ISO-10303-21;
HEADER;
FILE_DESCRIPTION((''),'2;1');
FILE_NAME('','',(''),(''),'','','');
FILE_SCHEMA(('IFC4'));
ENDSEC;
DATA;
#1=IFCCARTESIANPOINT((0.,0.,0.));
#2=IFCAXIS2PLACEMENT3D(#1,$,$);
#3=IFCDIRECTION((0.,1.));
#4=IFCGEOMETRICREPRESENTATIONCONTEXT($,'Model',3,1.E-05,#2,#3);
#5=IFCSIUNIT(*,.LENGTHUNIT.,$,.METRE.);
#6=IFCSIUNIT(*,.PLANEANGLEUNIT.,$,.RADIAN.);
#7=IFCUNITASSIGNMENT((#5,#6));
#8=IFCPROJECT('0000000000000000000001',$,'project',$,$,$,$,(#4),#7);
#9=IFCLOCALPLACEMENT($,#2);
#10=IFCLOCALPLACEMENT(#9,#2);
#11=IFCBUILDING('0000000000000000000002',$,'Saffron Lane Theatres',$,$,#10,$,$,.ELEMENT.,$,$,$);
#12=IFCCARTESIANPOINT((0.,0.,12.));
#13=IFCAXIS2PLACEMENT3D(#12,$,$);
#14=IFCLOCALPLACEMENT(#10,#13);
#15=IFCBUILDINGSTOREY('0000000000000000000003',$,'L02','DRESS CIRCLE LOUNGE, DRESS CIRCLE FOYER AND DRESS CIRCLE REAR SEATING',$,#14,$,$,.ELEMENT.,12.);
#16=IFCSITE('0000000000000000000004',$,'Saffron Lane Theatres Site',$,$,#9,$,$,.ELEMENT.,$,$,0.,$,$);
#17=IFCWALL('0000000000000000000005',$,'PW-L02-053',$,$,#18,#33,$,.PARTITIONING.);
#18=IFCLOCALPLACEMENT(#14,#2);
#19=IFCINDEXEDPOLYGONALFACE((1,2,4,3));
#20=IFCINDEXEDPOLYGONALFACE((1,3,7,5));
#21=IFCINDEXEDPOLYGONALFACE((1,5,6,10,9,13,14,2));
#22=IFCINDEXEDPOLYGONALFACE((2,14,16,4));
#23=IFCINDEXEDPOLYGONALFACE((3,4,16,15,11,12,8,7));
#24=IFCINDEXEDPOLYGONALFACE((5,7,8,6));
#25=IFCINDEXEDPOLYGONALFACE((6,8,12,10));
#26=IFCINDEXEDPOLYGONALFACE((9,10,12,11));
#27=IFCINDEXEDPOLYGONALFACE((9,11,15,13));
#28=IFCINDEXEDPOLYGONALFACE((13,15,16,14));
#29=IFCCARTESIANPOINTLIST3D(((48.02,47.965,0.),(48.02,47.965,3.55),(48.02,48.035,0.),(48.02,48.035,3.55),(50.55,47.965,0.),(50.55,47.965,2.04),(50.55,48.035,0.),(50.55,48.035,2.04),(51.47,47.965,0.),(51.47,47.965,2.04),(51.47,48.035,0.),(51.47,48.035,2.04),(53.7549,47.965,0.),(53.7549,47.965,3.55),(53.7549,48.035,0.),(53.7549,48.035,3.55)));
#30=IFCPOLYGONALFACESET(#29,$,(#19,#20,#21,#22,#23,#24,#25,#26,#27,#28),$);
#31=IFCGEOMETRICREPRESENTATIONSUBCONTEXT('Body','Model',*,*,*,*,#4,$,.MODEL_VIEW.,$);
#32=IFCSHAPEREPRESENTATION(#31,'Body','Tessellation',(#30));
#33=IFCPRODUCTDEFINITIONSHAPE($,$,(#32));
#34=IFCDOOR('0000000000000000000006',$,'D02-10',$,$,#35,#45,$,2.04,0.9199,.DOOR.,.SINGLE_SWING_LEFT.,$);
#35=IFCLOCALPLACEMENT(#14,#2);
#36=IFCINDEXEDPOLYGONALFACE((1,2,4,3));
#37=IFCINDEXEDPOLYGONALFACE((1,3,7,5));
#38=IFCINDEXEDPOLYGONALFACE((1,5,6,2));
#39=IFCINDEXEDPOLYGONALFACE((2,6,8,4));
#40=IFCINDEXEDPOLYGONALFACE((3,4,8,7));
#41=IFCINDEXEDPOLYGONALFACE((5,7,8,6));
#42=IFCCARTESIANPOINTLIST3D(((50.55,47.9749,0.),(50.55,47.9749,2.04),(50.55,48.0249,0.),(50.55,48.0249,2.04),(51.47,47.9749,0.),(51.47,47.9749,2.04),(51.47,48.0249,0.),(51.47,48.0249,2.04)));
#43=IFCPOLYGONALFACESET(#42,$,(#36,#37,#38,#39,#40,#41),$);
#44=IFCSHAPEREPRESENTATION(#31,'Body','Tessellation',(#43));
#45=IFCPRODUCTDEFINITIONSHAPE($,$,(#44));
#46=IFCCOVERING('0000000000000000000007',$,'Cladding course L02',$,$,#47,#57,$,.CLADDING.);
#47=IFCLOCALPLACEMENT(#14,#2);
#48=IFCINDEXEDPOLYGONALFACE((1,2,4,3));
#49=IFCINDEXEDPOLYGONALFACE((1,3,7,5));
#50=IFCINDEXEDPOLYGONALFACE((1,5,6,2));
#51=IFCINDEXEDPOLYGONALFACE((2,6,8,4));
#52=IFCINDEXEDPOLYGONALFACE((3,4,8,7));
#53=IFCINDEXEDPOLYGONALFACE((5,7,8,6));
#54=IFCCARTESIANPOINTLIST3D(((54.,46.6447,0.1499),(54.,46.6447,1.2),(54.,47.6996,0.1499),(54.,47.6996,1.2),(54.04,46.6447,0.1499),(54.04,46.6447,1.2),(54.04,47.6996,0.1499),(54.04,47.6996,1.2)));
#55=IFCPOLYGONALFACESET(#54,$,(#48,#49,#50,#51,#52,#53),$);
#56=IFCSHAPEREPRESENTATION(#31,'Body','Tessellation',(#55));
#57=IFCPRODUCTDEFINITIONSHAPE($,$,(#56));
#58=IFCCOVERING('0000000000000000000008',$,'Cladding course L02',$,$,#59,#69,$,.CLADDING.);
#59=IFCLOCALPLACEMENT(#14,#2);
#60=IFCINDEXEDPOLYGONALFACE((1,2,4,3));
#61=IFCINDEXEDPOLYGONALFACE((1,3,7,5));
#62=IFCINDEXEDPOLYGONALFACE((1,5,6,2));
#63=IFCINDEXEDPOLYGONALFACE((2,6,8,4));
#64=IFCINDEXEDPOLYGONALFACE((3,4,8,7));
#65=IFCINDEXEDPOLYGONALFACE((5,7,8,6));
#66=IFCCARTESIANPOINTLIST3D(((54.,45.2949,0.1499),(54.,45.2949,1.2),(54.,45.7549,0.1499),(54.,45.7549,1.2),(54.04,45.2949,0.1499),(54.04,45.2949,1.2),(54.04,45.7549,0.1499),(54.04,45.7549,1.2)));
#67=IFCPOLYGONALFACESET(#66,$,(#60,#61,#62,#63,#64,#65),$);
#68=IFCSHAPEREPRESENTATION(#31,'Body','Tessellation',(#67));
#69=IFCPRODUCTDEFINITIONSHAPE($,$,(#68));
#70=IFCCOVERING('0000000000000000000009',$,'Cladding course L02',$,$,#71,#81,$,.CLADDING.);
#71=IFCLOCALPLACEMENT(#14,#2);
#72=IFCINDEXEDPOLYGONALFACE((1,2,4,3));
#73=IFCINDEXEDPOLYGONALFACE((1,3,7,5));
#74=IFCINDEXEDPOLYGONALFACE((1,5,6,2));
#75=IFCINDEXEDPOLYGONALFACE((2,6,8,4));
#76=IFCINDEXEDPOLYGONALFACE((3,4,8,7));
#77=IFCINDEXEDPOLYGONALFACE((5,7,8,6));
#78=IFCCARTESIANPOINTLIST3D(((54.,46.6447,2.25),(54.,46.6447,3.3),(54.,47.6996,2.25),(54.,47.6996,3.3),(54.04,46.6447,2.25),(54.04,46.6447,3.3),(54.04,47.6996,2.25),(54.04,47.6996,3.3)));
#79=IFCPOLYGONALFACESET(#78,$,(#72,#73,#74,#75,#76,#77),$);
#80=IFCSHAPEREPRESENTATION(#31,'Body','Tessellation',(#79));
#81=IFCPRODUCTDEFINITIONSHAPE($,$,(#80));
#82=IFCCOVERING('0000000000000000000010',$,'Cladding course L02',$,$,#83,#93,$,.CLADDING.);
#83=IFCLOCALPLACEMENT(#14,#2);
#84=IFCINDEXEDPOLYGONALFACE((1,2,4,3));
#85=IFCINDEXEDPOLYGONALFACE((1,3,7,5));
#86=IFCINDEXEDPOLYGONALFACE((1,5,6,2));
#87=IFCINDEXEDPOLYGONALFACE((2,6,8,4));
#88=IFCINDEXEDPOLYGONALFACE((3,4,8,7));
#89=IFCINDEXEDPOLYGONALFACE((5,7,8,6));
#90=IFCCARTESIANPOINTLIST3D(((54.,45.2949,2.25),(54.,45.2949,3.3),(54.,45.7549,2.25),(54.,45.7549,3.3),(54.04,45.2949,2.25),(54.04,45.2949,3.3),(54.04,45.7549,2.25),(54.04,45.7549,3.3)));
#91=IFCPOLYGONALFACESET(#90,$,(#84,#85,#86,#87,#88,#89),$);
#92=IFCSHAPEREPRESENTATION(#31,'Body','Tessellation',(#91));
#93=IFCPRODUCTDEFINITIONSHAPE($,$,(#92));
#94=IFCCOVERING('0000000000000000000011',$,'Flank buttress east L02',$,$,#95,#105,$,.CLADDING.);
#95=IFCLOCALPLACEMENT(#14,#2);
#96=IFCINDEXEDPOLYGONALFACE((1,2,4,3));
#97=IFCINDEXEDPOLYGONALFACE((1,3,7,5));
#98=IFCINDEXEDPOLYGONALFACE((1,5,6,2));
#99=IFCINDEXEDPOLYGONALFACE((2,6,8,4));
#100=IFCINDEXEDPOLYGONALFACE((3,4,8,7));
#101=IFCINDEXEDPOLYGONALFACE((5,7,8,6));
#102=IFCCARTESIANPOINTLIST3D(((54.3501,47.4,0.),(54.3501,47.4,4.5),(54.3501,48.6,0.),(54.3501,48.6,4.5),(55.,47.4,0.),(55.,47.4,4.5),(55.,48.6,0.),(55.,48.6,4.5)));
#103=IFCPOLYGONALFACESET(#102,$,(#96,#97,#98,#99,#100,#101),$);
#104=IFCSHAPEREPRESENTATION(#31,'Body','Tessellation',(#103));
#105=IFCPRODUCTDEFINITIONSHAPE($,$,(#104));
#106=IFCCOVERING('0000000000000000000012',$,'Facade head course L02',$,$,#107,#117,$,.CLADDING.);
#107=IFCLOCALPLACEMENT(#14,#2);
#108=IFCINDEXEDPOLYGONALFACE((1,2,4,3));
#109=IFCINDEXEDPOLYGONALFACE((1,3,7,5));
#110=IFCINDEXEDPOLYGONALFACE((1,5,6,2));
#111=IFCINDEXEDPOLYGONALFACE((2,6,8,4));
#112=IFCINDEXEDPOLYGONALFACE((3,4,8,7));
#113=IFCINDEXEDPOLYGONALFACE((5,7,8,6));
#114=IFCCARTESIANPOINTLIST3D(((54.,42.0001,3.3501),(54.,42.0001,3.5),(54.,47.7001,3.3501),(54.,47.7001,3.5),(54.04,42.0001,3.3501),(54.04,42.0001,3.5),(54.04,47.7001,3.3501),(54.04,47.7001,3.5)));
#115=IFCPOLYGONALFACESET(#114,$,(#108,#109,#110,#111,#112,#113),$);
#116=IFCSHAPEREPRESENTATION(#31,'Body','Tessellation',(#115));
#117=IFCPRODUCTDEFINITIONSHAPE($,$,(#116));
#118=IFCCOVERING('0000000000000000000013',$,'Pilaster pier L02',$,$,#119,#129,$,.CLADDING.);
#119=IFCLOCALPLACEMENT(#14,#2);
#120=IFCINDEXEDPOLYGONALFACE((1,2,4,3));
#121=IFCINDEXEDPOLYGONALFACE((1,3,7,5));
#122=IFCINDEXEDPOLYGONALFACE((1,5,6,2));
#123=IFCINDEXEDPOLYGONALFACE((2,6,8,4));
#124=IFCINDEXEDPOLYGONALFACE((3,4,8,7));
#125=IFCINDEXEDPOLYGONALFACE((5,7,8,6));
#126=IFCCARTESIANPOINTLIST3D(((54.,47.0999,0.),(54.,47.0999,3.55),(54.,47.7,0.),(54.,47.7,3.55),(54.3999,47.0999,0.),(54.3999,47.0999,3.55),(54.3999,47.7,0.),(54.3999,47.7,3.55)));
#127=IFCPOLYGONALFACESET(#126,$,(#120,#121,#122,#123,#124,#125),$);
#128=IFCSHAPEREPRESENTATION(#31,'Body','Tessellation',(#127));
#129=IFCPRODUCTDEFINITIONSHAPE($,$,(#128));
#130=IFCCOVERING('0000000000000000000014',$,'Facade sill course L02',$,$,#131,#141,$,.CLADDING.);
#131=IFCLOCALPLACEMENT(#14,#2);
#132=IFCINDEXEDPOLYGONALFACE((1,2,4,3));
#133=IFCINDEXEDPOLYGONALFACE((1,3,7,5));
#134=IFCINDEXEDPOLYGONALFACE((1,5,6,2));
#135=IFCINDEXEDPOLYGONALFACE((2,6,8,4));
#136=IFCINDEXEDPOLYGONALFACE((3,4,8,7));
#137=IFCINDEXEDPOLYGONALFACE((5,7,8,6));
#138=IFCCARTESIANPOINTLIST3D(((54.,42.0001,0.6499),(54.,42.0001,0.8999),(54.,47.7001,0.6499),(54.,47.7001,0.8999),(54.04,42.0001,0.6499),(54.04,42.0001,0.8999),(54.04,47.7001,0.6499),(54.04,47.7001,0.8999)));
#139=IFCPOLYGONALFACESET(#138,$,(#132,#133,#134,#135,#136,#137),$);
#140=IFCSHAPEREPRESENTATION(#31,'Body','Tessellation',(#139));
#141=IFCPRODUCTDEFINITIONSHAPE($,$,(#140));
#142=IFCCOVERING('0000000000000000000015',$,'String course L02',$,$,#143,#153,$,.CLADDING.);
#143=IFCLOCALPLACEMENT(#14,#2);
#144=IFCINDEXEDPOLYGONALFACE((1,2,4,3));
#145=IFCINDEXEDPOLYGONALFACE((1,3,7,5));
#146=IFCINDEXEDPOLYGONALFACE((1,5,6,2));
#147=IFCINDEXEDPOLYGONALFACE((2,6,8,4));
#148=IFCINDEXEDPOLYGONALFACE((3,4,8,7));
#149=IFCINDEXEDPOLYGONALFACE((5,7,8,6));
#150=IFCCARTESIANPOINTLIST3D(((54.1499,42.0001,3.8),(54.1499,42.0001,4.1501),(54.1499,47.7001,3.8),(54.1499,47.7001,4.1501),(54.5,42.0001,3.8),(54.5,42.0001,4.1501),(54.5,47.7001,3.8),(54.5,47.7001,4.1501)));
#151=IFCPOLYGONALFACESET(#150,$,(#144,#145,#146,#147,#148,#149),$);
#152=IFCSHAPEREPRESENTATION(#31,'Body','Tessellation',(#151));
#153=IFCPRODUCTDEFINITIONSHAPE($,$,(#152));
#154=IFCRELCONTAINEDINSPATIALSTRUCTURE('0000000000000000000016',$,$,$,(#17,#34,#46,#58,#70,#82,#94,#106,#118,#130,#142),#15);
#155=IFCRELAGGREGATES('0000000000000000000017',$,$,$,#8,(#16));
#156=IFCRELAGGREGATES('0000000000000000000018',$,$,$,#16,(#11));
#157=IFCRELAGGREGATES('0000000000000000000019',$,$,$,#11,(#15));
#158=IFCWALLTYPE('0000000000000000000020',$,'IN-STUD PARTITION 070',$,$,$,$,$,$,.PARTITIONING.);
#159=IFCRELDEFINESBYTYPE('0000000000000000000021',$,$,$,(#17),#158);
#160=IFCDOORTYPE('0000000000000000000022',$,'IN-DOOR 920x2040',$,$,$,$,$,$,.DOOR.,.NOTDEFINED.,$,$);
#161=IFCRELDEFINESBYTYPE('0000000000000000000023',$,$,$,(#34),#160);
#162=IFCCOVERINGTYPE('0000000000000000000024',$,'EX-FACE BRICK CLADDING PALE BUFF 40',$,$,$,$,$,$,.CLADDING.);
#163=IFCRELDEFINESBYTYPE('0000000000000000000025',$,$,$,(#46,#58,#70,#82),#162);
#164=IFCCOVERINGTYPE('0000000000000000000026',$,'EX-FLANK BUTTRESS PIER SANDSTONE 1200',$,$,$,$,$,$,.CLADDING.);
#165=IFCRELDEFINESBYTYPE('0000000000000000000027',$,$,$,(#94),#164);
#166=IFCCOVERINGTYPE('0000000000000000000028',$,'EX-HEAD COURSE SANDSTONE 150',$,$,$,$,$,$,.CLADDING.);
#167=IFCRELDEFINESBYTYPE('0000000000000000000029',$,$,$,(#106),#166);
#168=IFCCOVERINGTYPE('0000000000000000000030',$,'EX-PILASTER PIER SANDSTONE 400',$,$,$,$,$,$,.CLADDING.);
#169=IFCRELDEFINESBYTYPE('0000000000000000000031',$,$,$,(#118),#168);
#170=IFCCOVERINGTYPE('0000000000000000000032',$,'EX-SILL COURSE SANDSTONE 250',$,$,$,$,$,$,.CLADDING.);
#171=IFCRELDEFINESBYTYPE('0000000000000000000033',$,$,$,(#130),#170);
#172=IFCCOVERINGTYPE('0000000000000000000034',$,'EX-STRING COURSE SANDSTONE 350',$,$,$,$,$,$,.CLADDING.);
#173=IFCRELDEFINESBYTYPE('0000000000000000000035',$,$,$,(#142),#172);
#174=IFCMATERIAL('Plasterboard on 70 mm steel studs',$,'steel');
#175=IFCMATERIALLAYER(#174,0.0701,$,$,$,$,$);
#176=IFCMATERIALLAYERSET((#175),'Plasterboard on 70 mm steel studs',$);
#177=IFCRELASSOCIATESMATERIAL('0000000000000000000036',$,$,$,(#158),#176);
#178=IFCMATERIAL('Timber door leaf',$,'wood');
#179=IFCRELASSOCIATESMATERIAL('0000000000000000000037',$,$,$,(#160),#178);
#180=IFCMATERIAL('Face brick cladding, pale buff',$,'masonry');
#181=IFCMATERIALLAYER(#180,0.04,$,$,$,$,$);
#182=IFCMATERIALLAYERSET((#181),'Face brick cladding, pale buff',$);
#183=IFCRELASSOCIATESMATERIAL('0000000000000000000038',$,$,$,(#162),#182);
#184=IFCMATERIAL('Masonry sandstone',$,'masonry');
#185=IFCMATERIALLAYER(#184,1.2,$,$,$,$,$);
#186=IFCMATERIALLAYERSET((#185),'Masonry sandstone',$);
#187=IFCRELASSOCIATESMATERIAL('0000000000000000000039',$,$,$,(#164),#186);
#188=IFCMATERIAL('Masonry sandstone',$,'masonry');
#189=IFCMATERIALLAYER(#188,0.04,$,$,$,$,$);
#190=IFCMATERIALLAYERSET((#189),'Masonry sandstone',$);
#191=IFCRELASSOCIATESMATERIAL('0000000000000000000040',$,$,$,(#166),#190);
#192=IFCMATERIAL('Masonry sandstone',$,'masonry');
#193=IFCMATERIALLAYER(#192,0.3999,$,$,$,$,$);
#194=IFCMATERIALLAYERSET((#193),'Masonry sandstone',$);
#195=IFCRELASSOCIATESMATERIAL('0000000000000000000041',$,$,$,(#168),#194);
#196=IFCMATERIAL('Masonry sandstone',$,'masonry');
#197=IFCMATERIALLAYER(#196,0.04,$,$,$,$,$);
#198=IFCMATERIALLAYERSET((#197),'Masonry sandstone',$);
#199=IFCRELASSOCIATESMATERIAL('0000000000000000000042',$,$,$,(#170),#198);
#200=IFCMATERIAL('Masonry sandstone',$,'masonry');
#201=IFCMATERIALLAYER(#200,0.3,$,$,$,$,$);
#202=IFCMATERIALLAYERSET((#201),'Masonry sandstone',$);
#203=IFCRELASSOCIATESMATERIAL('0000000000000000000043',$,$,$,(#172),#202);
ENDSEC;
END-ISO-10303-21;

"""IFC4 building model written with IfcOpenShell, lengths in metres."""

from ifc_helpers import new_model, si_unit, direction, frame, frame_2d, origin, origin_2d, place, context, subcontext, project, spatial, rectangle, extrude, material, layer, layer_set, type_object, element, fill, save


model = new_model("IFC4")

# Units and contexts
model_context = context("Model", 3, precision=1e-05, world=origin(), true_north=direction((0.0, 1.0)))
body_context = subcontext(model_context, "Body", "Model", "MODEL_VIEW")
ifc_project = project(units=[si_unit("LENGTHUNIT", "METRE"), si_unit("PLANEANGLEUNIT", "RADIAN")], contexts=[model_context])

# Site, building, storey
site_placement = place(None, origin())
site = spatial("IfcSite", under=ifc_project, at=site_placement, Name="Saffron Lane Theatres Site", CompositionType="ELEMENT", RefElevation=0.0)
building_placement = place(site_placement, origin())
building = spatial("IfcBuilding", under=site, at=building_placement, Name="Saffron Lane Theatres", CompositionType="ELEMENT")
storey_placement = place(building_placement, frame((0.0, 0.0, 12.0)))
storey = spatial("IfcBuildingStorey", under=building, at=storey_placement, Name="L02", Description="DRESS CIRCLE LOUNGE, DRESS CIRCLE FOYER AND DRESS CIRCLE REAR SEATING", CompositionType="ELEMENT", Elevation=12.0)

# Wall, opening, door
ifc_material_1 = material(Name="Plasterboard on 70 mm steel studs", Category="steel")
ifc_layer_1 = layer(ifc_material_1, 0.0701)
ifc_layer_set_1 = layer_set([ifc_layer_1], Name="Plasterboard on 70 mm steel studs")
wall_type_1 = type_object("IfcWallType", Name="IN-STUD PARTITION 070", PredefinedType="PARTITIONING", material=ifc_layer_set_1)
wall_1_placement = place(storey_placement, frame((48.02, 48.0, 0.0), z_axis=(0.0, 0.0, 1.0), x_axis=(1.0, 0.0, 0.0)))
wall_1 = element("IfcWall", 1, at=wall_1_placement, inside=storey, type_object=wall_type_1, Name="PW-L02-053", PredefinedType="PARTITIONING", context=body_context, shape_type="SweptSolid", body=[
    extrude(rectangle(XDim=5.7349, YDim=0.0701, at=frame_2d((2.8674, 0.0))), origin(), (0.0, 0.0, 1.0), 3.55),
])
opening_1_placement = place(wall_1_placement, frame((2.53, 0.0, 0.0)))
opening_1 = element("IfcOpeningElement", 2, at=opening_1_placement, cuts=wall_1, PredefinedType="OPENING", context=body_context, shape_type="SweptSolid", body=[
    extrude(rectangle(XDim=0.9199, YDim=2.04, at=frame_2d((0.46, 1.02))), frame((0.0, 0.0449, 0.0), z_axis=(0.0, -1.0, 0.0), x_axis=(1.0, 0.0, 0.0)), (0.0, 0.0, 1.0), 0.0901),
])
ifc_material_2 = material(Name="Timber door leaf", Category="wood")
door_type = type_object("IfcDoorType", Name="IN-DOOR 920x2040", OperationType="NOTDEFINED", PredefinedType="DOOR", material=ifc_material_2)
door_placement = place(opening_1_placement, origin())
door = element("IfcDoor", 3, at=door_placement, inside=storey, type_object=door_type, Name="D02-10", OperationType="SINGLE_SWING_LEFT", OverallHeight=2.04, OverallWidth=0.9199, PredefinedType="DOOR", context=body_context, shape_type="SweptSolid", body=[
    extrude(rectangle(XDim=0.9199, YDim=2.04, at=frame_2d((0.46, 1.02))), frame((0.0, 0.0249, 0.0), z_axis=(0.0, -1.0, 0.0), x_axis=(1.0, 0.0, 0.0)), (0.0, 0.0, 1.0), 0.05),
])
fill(opening_1, door)

# Coverings
ifc_material_3 = material(Name="Face brick cladding, pale buff", Category="masonry")
ifc_layer_2 = layer(ifc_material_3, 0.04)
ifc_layer_set_2 = layer_set([ifc_layer_2], Name="Face brick cladding, pale buff")
covering_type_1 = type_object("IfcCoveringType", Name="EX-FACE BRICK CLADDING PALE BUFF 40", PredefinedType="CLADDING", material=ifc_layer_set_2)
covering_1_placement = place(storey_placement, frame((54.02, 47.1721, 0.1499), z_axis=(0.0, 0.0, 1.0), x_axis=(0.0, -1.0, 0.0)))
element("IfcCovering", 4, at=covering_1_placement, inside=storey, type_object=covering_type_1, Name="Cladding course L02", PredefinedType="CLADDING", context=body_context, shape_type="SweptSolid", body=[
    extrude(rectangle(XDim=1.0549, YDim=0.04, at=origin_2d()), origin(), (0.0, 0.0, 1.0), 1.05),
])
covering_2_placement = place(storey_placement, frame((54.02, 45.5249, 0.1499), z_axis=(0.0, 0.0, 1.0), x_axis=(0.0, -1.0, 0.0)))
element("IfcCovering", 5, at=covering_2_placement, inside=storey, type_object=covering_type_1, Name="Cladding course L02", PredefinedType="CLADDING", context=body_context, shape_type="SweptSolid", body=[
    extrude(rectangle(XDim=0.46, YDim=0.04, at=origin_2d()), origin(), (0.0, 0.0, 1.0), 1.05),
])
covering_3_placement = place(storey_placement, frame((54.02, 47.1721, 2.25), z_axis=(0.0, 0.0, 1.0), x_axis=(0.0, -1.0, 0.0)))
element("IfcCovering", 6, at=covering_3_placement, inside=storey, type_object=covering_type_1, Name="Cladding course L02", PredefinedType="CLADDING", context=body_context, shape_type="SweptSolid", body=[
    extrude(rectangle(XDim=1.0549, YDim=0.04, at=origin_2d()), origin(), (0.0, 0.0, 1.0), 1.05),
])
covering_4_placement = place(storey_placement, frame((54.02, 45.5249, 2.25), z_axis=(0.0, 0.0, 1.0), x_axis=(0.0, -1.0, 0.0)))
element("IfcCovering", 7, at=covering_4_placement, inside=storey, type_object=covering_type_1, Name="Cladding course L02", PredefinedType="CLADDING", context=body_context, shape_type="SweptSolid", body=[
    extrude(rectangle(XDim=0.46, YDim=0.04, at=origin_2d()), origin(), (0.0, 0.0, 1.0), 1.05),
])
ifc_material_4 = material(Name="Masonry sandstone", Category="masonry")
ifc_layer_3 = layer(ifc_material_4, 1.2)
ifc_layer_set_3 = layer_set([ifc_layer_3], Name="Masonry sandstone")
covering_type_2 = type_object("IfcCoveringType", Name="EX-FLANK BUTTRESS PIER SANDSTONE 1200", PredefinedType="CLADDING", material=ifc_layer_set_3)
covering_5_placement = place(storey_placement, frame((54.675, 48.0, 0.0), z_axis=(0.0, 0.0, 1.0), x_axis=(0.0, 1.0, 0.0)))
element("IfcCovering", 8, at=covering_5_placement, inside=storey, type_object=covering_type_2, Name="Flank buttress east L02", PredefinedType="CLADDING", context=body_context, shape_type="SweptSolid", body=[
    extrude(rectangle(XDim=1.2, YDim=0.6499, at=origin_2d()), origin(), (0.0, 0.0, 1.0), 4.5),
])
ifc_material_5 = material(Name="Masonry sandstone", Category="masonry")
ifc_layer_4 = layer(ifc_material_5, 0.04)
ifc_layer_set_4 = layer_set([ifc_layer_4], Name="Masonry sandstone")
covering_type_3 = type_object("IfcCoveringType", Name="EX-HEAD COURSE SANDSTONE 150", PredefinedType="CLADDING", material=ifc_layer_set_4)
covering_6_placement = place(storey_placement, frame((54.02, 44.8501, 3.3501), z_axis=(0.0, 0.0, 1.0), x_axis=(0.0, -1.0, 0.0)))
element("IfcCovering", 9, at=covering_6_placement, inside=storey, type_object=covering_type_3, Name="Facade head course L02", PredefinedType="CLADDING", context=body_context, shape_type="SweptSolid", body=[
    extrude(rectangle(XDim=5.7, YDim=0.04, at=origin_2d()), origin(), (0.0, 0.0, 1.0), 0.1499),
])
ifc_material_6 = material(Name="Masonry sandstone", Category="masonry")
ifc_layer_5 = layer(ifc_material_6, 0.3999)
ifc_layer_set_5 = layer_set([ifc_layer_5], Name="Masonry sandstone")
covering_type_4 = type_object("IfcCoveringType", Name="EX-PILASTER PIER SANDSTONE 400", PredefinedType="CLADDING", material=ifc_layer_set_5)
covering_7_placement = place(storey_placement, frame((54.2, 47.3999, 0.0), z_axis=(0.0, 0.0, 1.0), x_axis=(0.0, -1.0, 0.0)))
element("IfcCovering", 10, at=covering_7_placement, inside=storey, type_object=covering_type_4, Name="Pilaster pier L02", PredefinedType="CLADDING", context=body_context, shape_type="SweptSolid", body=[
    extrude(rectangle(XDim=0.6001, YDim=0.3999, at=origin_2d()), origin(), (0.0, 0.0, 1.0), 3.55),
])
ifc_material_7 = material(Name="Masonry sandstone", Category="masonry")
ifc_layer_6 = layer(ifc_material_7, 0.04)
ifc_layer_set_6 = layer_set([ifc_layer_6], Name="Masonry sandstone")
covering_type_5 = type_object("IfcCoveringType", Name="EX-SILL COURSE SANDSTONE 250", PredefinedType="CLADDING", material=ifc_layer_set_6)
covering_8_placement = place(storey_placement, frame((54.02, 44.8501, 0.6499), z_axis=(0.0, 0.0, 1.0), x_axis=(0.0, -1.0, 0.0)))
element("IfcCovering", 11, at=covering_8_placement, inside=storey, type_object=covering_type_5, Name="Facade sill course L02", PredefinedType="CLADDING", context=body_context, shape_type="SweptSolid", body=[
    extrude(rectangle(XDim=5.7, YDim=0.04, at=origin_2d()), origin(), (0.0, 0.0, 1.0), 0.25),
])
ifc_material_8 = material(Name="Masonry sandstone", Category="masonry")
ifc_layer_7 = layer(ifc_material_8, 0.3)
ifc_layer_set_7 = layer_set([ifc_layer_7], Name="Masonry sandstone")
covering_type_6 = type_object("IfcCoveringType", Name="EX-STRING COURSE SANDSTONE 350", PredefinedType="CLADDING", material=ifc_layer_set_7)
covering_9_placement = place(storey_placement, frame((54.325, 44.8501, 3.8), z_axis=(0.0, 0.0, 1.0), x_axis=(0.0, -1.0, 0.0)))
element("IfcCovering", 12, at=covering_9_placement, inside=storey, type_object=covering_type_6, Name="String course L02", PredefinedType="CLADDING", context=body_context, shape_type="SweptSolid", body=[
    extrude(rectangle(XDim=5.7, YDim=0.3501, at=origin_2d()), origin(), (0.0, 0.0, 1.0), 0.3501),
])

save(model, "model.ifc")
